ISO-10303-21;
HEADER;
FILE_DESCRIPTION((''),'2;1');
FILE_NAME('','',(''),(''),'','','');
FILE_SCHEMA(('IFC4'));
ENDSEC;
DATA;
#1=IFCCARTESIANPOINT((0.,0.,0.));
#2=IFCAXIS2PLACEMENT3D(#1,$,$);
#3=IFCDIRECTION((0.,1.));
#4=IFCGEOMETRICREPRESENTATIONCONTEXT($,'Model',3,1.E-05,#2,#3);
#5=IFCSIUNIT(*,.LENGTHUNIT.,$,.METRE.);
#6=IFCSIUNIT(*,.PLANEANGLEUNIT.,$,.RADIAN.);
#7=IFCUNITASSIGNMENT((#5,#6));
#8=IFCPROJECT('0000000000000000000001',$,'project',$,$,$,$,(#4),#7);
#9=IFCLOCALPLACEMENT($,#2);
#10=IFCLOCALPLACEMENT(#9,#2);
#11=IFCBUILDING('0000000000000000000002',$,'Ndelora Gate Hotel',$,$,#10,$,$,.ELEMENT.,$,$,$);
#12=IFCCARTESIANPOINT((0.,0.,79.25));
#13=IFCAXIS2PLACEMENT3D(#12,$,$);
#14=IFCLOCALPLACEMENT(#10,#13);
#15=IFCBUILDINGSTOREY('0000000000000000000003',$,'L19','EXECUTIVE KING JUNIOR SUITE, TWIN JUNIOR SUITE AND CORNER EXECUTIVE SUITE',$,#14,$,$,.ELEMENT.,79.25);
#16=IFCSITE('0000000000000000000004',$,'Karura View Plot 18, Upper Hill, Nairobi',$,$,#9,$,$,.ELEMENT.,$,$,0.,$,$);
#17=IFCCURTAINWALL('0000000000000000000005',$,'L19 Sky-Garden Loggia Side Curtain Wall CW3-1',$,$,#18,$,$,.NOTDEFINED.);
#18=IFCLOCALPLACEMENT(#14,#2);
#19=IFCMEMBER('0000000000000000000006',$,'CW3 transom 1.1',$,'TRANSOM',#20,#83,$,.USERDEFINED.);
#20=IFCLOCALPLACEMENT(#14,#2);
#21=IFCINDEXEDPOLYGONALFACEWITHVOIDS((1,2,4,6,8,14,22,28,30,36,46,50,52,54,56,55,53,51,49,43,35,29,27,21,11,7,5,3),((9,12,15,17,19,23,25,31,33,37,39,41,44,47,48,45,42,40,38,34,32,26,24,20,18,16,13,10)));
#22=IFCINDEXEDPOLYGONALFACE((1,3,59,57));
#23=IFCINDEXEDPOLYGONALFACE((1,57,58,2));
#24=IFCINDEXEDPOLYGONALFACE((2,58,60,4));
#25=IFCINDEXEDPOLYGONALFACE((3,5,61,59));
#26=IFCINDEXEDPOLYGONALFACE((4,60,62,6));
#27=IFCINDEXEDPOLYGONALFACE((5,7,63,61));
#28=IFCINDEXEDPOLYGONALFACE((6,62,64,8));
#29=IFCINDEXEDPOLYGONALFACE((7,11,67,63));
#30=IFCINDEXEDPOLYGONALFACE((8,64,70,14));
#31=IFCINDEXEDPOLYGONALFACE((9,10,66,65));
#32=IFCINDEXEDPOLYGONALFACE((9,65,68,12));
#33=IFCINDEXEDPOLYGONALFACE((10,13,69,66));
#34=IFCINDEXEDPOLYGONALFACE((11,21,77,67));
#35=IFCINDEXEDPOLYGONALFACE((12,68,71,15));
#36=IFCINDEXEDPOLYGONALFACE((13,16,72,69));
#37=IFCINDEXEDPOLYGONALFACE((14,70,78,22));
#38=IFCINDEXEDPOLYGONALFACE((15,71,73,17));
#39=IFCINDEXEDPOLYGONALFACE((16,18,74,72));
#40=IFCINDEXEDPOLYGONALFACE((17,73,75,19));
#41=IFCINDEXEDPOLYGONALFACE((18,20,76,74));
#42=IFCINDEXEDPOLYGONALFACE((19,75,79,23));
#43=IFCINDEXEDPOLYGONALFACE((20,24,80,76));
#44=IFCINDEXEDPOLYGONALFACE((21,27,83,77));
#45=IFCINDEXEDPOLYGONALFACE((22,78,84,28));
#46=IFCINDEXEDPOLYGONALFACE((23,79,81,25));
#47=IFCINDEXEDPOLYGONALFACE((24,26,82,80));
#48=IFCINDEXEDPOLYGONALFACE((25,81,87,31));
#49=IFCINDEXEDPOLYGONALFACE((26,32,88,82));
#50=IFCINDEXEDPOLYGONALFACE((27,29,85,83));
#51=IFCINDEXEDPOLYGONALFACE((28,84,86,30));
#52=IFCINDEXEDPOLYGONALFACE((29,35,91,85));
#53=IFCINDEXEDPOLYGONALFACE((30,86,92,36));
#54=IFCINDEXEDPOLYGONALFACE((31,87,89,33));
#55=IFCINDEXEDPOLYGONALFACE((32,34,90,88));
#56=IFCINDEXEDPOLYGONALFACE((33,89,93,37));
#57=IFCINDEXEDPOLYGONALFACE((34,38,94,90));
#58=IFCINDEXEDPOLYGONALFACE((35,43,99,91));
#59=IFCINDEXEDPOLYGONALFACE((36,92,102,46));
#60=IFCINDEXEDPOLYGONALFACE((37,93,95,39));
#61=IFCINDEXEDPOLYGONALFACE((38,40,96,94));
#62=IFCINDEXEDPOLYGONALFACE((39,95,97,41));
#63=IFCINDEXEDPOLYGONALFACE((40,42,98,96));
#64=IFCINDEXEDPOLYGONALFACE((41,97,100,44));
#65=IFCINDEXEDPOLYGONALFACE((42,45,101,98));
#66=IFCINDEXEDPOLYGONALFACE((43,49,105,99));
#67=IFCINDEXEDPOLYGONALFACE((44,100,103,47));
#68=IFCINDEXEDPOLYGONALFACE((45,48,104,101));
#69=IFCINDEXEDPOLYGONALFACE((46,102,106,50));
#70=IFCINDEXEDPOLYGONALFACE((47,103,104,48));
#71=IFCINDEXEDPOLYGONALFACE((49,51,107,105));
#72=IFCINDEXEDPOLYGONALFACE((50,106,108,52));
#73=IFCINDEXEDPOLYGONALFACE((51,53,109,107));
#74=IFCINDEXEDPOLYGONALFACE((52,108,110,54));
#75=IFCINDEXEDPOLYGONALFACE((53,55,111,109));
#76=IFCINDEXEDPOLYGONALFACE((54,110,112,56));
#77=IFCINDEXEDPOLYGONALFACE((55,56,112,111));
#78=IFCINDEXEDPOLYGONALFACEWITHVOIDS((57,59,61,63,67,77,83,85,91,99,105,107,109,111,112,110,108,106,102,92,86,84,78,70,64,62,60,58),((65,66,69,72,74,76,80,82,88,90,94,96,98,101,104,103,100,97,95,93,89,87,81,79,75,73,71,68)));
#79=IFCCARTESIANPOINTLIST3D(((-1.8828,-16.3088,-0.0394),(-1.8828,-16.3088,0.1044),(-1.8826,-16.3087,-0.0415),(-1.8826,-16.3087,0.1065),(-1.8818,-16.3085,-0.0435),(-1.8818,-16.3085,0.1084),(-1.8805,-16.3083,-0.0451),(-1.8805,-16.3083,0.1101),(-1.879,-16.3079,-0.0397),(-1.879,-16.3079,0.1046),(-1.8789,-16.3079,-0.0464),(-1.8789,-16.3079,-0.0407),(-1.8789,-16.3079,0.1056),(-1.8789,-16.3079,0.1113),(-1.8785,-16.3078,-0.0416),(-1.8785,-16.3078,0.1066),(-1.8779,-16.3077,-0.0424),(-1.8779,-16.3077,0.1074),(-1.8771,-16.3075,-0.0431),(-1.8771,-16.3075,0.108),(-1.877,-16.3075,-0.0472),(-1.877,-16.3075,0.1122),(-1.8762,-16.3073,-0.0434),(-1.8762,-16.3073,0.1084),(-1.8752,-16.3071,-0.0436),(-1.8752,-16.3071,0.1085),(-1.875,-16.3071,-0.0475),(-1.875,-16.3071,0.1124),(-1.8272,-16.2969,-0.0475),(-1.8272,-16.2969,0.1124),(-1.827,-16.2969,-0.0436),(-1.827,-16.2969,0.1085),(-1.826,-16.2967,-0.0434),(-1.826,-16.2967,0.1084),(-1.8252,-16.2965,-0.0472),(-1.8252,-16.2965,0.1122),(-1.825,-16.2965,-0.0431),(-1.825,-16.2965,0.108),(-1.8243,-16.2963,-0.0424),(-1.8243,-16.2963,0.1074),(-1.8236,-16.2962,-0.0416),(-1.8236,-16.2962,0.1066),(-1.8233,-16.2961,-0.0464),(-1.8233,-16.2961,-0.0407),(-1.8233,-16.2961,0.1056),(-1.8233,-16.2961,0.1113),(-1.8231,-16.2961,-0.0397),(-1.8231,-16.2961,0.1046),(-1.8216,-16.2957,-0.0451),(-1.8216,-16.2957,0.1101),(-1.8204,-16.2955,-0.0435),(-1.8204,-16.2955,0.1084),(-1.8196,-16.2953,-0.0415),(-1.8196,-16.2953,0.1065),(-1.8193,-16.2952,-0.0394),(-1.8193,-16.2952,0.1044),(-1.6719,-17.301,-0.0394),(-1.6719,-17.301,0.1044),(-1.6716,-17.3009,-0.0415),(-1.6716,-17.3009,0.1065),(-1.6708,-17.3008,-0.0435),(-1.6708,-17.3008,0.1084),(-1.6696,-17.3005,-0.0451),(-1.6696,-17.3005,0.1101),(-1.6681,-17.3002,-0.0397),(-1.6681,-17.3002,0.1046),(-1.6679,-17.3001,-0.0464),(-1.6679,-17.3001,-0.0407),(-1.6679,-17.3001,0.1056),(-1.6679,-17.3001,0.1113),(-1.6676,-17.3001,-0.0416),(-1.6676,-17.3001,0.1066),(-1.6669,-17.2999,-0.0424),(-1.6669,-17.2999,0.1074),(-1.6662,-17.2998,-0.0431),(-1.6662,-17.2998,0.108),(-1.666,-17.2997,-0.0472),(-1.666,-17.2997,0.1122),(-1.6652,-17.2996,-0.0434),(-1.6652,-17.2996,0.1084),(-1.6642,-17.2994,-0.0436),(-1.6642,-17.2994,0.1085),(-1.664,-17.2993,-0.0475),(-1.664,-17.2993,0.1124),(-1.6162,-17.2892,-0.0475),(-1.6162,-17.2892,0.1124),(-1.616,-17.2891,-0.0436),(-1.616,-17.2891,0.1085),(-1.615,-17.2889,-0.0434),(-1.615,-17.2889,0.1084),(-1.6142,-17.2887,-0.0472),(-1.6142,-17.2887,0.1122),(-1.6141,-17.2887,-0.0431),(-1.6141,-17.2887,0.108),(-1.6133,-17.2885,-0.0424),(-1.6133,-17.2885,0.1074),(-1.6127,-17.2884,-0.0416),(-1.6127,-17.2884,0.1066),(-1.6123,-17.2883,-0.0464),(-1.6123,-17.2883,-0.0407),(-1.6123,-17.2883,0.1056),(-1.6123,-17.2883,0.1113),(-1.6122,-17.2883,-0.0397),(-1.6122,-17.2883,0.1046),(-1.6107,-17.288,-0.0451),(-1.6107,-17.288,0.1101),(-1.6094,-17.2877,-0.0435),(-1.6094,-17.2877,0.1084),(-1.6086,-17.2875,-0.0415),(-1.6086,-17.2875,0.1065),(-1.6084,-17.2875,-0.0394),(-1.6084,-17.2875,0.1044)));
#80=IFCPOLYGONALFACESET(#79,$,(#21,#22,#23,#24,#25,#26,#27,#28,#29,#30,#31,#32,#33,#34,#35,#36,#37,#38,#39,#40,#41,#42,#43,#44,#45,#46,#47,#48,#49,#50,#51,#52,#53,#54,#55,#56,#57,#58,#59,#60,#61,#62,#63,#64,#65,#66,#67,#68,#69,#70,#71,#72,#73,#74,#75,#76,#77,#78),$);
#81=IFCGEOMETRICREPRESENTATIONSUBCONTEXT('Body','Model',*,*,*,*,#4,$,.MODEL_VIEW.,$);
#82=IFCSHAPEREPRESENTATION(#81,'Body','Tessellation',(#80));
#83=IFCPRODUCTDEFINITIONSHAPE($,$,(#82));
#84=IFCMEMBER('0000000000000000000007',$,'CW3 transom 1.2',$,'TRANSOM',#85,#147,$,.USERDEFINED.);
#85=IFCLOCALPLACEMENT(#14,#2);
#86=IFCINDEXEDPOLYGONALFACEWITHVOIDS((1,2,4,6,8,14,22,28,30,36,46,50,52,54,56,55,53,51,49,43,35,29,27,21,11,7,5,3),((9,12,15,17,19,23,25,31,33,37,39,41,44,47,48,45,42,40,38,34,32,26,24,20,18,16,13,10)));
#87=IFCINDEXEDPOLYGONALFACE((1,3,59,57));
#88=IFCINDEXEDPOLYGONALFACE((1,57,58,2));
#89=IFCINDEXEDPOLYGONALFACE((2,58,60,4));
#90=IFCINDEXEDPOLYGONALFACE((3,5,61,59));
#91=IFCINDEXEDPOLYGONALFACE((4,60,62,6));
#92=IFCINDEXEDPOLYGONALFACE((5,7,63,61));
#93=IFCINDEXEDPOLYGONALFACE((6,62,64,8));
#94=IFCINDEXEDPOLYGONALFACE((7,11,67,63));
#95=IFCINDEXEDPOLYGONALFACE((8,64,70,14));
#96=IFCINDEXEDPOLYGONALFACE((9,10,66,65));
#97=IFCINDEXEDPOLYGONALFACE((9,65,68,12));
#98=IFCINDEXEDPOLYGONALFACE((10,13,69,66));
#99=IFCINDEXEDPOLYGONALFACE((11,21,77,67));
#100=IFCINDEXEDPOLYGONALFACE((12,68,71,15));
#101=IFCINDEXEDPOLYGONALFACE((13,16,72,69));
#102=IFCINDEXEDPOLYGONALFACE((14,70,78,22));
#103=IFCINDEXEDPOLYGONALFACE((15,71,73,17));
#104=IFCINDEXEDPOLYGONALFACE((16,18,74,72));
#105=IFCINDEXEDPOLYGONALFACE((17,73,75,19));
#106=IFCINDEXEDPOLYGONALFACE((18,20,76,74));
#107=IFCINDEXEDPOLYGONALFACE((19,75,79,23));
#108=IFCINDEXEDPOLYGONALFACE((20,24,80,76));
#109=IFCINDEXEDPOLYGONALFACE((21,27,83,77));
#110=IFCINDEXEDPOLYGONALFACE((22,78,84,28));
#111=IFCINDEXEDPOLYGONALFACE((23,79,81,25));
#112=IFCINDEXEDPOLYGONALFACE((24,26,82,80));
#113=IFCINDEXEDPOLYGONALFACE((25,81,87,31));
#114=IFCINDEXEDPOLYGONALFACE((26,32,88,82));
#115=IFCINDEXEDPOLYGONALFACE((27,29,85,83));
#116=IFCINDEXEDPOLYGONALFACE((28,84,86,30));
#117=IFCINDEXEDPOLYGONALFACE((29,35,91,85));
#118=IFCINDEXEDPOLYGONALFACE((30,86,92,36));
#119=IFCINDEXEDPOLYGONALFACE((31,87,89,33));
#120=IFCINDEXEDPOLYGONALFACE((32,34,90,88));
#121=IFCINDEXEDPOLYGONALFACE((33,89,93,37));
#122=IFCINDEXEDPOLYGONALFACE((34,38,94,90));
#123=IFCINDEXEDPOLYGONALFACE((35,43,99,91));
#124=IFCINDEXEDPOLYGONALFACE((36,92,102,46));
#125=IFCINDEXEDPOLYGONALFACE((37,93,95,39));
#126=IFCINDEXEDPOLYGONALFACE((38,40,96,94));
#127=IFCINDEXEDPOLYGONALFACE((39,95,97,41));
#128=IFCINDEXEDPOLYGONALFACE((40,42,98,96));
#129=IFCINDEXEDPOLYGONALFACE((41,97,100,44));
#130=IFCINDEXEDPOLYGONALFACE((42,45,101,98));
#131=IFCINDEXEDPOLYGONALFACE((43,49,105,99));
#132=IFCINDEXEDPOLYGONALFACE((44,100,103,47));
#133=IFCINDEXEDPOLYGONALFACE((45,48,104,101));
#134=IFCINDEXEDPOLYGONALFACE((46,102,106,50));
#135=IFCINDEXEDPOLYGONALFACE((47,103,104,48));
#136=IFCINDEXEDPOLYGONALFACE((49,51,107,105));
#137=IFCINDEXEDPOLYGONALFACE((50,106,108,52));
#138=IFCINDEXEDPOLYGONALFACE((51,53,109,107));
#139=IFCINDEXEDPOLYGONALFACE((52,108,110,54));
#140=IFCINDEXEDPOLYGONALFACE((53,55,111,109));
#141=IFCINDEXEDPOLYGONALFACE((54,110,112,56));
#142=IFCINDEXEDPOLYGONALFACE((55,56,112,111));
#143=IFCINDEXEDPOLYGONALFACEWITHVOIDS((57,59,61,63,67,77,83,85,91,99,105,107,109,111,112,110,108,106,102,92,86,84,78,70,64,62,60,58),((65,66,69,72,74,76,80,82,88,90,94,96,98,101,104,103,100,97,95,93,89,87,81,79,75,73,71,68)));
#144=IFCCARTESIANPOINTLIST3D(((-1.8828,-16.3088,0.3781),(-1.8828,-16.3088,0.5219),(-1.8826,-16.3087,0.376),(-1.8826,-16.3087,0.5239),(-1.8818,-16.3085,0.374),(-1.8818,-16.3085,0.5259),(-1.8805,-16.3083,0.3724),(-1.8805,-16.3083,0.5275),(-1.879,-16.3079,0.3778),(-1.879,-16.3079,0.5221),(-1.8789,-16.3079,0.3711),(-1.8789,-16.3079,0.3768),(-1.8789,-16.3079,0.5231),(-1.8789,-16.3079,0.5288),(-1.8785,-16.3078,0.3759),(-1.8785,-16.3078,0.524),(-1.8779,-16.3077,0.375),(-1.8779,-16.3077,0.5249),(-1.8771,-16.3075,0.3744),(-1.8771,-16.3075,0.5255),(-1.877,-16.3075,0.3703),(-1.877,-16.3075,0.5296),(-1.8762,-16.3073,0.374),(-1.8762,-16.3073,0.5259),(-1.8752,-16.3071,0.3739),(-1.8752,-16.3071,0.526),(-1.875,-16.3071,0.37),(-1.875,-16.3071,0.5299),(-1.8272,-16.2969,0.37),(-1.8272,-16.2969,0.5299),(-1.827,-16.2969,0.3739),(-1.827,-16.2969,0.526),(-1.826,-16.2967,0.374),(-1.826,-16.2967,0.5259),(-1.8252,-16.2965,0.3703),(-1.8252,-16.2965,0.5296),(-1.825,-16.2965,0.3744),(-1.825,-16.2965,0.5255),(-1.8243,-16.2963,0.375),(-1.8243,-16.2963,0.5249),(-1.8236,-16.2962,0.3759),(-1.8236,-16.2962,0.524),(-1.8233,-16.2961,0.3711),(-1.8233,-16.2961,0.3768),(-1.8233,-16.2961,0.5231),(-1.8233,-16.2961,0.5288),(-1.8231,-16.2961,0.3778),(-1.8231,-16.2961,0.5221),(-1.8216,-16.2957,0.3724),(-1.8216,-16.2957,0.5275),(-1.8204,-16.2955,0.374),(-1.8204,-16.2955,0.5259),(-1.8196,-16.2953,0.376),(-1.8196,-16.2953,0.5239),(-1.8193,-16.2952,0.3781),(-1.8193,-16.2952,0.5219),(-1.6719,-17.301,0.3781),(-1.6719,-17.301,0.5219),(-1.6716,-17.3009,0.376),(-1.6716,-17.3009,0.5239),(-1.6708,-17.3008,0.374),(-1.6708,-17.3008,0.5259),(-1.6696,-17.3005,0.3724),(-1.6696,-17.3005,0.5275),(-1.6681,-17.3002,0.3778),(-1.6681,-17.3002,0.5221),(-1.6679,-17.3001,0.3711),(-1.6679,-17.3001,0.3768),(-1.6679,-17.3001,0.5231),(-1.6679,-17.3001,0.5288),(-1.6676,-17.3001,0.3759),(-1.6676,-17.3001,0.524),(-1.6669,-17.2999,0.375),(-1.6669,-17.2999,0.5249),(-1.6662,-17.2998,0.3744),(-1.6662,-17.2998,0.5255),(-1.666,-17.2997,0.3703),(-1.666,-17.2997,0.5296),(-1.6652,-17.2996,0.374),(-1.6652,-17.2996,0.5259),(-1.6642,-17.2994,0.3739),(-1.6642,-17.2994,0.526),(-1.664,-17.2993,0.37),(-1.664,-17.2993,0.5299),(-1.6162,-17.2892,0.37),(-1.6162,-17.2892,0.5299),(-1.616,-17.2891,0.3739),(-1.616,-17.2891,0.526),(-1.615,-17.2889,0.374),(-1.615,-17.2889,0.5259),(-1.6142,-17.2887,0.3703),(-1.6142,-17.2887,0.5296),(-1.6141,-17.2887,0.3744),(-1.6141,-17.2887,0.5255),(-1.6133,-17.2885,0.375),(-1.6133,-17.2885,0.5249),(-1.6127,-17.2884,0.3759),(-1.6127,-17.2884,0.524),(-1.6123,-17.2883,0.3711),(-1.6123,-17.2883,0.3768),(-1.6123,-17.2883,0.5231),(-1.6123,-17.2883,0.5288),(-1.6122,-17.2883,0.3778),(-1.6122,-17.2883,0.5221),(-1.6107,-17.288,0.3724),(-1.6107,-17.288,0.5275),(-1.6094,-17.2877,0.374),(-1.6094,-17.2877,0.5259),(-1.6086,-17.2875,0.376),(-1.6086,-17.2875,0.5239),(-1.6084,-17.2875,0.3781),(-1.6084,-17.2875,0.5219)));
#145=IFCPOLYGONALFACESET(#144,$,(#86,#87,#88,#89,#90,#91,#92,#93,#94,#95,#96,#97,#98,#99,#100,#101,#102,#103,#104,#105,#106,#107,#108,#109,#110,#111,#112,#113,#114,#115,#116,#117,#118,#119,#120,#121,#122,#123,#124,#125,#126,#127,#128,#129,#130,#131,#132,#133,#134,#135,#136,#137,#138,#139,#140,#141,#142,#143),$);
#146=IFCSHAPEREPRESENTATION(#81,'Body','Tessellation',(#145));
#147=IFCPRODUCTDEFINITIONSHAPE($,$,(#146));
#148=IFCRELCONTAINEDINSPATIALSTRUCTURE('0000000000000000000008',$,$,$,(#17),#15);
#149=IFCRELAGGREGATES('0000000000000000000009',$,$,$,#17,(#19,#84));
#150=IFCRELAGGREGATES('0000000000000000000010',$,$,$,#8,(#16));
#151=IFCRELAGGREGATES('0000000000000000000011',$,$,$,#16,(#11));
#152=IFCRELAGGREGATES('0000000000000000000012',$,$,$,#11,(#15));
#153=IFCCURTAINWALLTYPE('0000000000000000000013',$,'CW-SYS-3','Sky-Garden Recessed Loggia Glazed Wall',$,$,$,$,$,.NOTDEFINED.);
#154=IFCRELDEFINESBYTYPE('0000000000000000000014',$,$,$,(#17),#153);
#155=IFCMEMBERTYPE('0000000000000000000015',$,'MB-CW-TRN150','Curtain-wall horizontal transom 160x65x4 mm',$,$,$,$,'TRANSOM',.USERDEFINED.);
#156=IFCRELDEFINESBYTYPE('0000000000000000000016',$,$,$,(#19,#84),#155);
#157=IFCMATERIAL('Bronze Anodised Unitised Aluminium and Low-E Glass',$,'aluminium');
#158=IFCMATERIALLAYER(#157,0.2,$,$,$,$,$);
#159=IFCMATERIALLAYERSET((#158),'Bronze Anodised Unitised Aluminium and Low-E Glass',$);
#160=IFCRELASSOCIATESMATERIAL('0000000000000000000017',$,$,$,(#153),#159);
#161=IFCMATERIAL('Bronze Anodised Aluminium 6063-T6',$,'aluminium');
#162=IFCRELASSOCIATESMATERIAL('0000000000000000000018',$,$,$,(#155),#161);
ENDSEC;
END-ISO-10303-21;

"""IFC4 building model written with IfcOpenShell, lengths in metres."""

from ifc_helpers import new_model, si_unit, direction, frame, origin, origin_2d, place, context, subcontext, project, spatial, hollow_rectangle, extrude, material, layer, layer_set, material_profile, profile_set, type_object, element, aggregate, save


model = new_model("IFC4")

# Units and contexts
model_context = context("Model", 3, precision=1e-05, world=origin(), true_north=direction((0.0, 1.0)))
body_context = subcontext(model_context, "Body", "Model", "MODEL_VIEW")
ifc_project = project(units=[si_unit("LENGTHUNIT", "METRE"), si_unit("PLANEANGLEUNIT", "RADIAN")], contexts=[model_context])

# Site, building, storey
site_placement = place(None, origin())
site = spatial("IfcSite", under=ifc_project, at=site_placement, Name="Karura View Plot 18, Upper Hill, Nairobi", CompositionType="ELEMENT", RefElevation=0.0)
building_placement = place(site_placement, origin())
building = spatial("IfcBuilding", under=site, at=building_placement, Name="Ndelora Gate Hotel", CompositionType="ELEMENT")
storey_placement = place(building_placement, frame((0.0, 0.0, 79.25)))
storey = spatial("IfcBuildingStorey", under=building, at=storey_placement, Name="L19", Description="EXECUTIVE KING JUNIOR SUITE, TWIN JUNIOR SUITE AND CORNER EXECUTIVE SUITE", CompositionType="ELEMENT", Elevation=79.25)

# Curtain wall, members
ifc_material_1 = material(Name="Bronze Anodised Unitised Aluminium and Low-E Glass", Category="aluminium")
ifc_layer_1 = layer(ifc_material_1, 0.2)
ifc_layer_set_1 = layer_set([ifc_layer_1], Name="Bronze Anodised Unitised Aluminium and Low-E Glass")
curtain_wall_type = type_object("IfcCurtainWallType", Name="CW-SYS-3", Description="Sky-Garden Recessed Loggia Glazed Wall", PredefinedType="NOTDEFINED", material=ifc_layer_set_1)
curtain_wall_placement = place(storey_placement, origin())
curtain_wall = element("IfcCurtainWall", 1, at=curtain_wall_placement, inside=storey, type_object=curtain_wall_type, Name="L19 Sky-Garden Loggia Side Curtain Wall CW3-1", PredefinedType="NOTDEFINED")
ifc_material_2 = material(Name="Bronze Anodised Aluminium 6063-T6", Category="aluminium")
ifc_material_profile_1 = material_profile(ifc_material_2, hollow_rectangle(XDim=0.0649, YDim=0.1599, WallThickness=0.0039, InnerFilletRadius=0.0039, OuterFilletRadius=0.0081, at=origin_2d()), Name="ALU 160x65x4")
ifc_profile_set_1 = profile_set([ifc_material_profile_1], Name="Bronze Anodised Aluminium 6063-T6")
member_type_1 = type_object("IfcMemberType", Name="MB-CW-TRN150", Description="Curtain-wall horizontal transom 160x65x4 mm", ElementType="TRANSOM", PredefinedType="USERDEFINED", material=ifc_profile_set_1)
member_1_placement = place(storey_placement, frame((-1.8511, -16.302, 0.0325), z_axis=(0.207951, -0.978139, 0.0), x_axis=(0.978139, 0.207951, 0.0)))
member_1 = element("IfcMember", 2, at=member_1_placement, type_object=member_type_1, Name="CW3 transom 1.1", ObjectType="TRANSOM", PredefinedType="USERDEFINED", context=body_context, shape_type="SweptSolid", body=[
    extrude(hollow_rectangle(XDim=0.0649, YDim=0.1599, WallThickness=0.0039, InnerFilletRadius=0.0039, OuterFilletRadius=0.0081, at=origin_2d()), origin(), (0.0, 0.0, 1.0), 1.0144),
])
member_2_placement = place(storey_placement, frame((-1.8511, -16.302, 0.45), z_axis=(0.207951, -0.978139, 0.0), x_axis=(0.978139, 0.207951, 0.0)))
member_2 = element("IfcMember", 3, at=member_2_placement, type_object=member_type_1, Name="CW3 transom 1.2", ObjectType="TRANSOM", PredefinedType="USERDEFINED", context=body_context, shape_type="SweptSolid", body=[
    extrude(hollow_rectangle(XDim=0.0649, YDim=0.1599, WallThickness=0.0039, InnerFilletRadius=0.0039, OuterFilletRadius=0.0081, at=origin_2d()), origin(), (0.0, 0.0, 1.0), 1.0144),
])
aggregate(curtain_wall, [member_1, member_2])

save(model, "model.ifc")
